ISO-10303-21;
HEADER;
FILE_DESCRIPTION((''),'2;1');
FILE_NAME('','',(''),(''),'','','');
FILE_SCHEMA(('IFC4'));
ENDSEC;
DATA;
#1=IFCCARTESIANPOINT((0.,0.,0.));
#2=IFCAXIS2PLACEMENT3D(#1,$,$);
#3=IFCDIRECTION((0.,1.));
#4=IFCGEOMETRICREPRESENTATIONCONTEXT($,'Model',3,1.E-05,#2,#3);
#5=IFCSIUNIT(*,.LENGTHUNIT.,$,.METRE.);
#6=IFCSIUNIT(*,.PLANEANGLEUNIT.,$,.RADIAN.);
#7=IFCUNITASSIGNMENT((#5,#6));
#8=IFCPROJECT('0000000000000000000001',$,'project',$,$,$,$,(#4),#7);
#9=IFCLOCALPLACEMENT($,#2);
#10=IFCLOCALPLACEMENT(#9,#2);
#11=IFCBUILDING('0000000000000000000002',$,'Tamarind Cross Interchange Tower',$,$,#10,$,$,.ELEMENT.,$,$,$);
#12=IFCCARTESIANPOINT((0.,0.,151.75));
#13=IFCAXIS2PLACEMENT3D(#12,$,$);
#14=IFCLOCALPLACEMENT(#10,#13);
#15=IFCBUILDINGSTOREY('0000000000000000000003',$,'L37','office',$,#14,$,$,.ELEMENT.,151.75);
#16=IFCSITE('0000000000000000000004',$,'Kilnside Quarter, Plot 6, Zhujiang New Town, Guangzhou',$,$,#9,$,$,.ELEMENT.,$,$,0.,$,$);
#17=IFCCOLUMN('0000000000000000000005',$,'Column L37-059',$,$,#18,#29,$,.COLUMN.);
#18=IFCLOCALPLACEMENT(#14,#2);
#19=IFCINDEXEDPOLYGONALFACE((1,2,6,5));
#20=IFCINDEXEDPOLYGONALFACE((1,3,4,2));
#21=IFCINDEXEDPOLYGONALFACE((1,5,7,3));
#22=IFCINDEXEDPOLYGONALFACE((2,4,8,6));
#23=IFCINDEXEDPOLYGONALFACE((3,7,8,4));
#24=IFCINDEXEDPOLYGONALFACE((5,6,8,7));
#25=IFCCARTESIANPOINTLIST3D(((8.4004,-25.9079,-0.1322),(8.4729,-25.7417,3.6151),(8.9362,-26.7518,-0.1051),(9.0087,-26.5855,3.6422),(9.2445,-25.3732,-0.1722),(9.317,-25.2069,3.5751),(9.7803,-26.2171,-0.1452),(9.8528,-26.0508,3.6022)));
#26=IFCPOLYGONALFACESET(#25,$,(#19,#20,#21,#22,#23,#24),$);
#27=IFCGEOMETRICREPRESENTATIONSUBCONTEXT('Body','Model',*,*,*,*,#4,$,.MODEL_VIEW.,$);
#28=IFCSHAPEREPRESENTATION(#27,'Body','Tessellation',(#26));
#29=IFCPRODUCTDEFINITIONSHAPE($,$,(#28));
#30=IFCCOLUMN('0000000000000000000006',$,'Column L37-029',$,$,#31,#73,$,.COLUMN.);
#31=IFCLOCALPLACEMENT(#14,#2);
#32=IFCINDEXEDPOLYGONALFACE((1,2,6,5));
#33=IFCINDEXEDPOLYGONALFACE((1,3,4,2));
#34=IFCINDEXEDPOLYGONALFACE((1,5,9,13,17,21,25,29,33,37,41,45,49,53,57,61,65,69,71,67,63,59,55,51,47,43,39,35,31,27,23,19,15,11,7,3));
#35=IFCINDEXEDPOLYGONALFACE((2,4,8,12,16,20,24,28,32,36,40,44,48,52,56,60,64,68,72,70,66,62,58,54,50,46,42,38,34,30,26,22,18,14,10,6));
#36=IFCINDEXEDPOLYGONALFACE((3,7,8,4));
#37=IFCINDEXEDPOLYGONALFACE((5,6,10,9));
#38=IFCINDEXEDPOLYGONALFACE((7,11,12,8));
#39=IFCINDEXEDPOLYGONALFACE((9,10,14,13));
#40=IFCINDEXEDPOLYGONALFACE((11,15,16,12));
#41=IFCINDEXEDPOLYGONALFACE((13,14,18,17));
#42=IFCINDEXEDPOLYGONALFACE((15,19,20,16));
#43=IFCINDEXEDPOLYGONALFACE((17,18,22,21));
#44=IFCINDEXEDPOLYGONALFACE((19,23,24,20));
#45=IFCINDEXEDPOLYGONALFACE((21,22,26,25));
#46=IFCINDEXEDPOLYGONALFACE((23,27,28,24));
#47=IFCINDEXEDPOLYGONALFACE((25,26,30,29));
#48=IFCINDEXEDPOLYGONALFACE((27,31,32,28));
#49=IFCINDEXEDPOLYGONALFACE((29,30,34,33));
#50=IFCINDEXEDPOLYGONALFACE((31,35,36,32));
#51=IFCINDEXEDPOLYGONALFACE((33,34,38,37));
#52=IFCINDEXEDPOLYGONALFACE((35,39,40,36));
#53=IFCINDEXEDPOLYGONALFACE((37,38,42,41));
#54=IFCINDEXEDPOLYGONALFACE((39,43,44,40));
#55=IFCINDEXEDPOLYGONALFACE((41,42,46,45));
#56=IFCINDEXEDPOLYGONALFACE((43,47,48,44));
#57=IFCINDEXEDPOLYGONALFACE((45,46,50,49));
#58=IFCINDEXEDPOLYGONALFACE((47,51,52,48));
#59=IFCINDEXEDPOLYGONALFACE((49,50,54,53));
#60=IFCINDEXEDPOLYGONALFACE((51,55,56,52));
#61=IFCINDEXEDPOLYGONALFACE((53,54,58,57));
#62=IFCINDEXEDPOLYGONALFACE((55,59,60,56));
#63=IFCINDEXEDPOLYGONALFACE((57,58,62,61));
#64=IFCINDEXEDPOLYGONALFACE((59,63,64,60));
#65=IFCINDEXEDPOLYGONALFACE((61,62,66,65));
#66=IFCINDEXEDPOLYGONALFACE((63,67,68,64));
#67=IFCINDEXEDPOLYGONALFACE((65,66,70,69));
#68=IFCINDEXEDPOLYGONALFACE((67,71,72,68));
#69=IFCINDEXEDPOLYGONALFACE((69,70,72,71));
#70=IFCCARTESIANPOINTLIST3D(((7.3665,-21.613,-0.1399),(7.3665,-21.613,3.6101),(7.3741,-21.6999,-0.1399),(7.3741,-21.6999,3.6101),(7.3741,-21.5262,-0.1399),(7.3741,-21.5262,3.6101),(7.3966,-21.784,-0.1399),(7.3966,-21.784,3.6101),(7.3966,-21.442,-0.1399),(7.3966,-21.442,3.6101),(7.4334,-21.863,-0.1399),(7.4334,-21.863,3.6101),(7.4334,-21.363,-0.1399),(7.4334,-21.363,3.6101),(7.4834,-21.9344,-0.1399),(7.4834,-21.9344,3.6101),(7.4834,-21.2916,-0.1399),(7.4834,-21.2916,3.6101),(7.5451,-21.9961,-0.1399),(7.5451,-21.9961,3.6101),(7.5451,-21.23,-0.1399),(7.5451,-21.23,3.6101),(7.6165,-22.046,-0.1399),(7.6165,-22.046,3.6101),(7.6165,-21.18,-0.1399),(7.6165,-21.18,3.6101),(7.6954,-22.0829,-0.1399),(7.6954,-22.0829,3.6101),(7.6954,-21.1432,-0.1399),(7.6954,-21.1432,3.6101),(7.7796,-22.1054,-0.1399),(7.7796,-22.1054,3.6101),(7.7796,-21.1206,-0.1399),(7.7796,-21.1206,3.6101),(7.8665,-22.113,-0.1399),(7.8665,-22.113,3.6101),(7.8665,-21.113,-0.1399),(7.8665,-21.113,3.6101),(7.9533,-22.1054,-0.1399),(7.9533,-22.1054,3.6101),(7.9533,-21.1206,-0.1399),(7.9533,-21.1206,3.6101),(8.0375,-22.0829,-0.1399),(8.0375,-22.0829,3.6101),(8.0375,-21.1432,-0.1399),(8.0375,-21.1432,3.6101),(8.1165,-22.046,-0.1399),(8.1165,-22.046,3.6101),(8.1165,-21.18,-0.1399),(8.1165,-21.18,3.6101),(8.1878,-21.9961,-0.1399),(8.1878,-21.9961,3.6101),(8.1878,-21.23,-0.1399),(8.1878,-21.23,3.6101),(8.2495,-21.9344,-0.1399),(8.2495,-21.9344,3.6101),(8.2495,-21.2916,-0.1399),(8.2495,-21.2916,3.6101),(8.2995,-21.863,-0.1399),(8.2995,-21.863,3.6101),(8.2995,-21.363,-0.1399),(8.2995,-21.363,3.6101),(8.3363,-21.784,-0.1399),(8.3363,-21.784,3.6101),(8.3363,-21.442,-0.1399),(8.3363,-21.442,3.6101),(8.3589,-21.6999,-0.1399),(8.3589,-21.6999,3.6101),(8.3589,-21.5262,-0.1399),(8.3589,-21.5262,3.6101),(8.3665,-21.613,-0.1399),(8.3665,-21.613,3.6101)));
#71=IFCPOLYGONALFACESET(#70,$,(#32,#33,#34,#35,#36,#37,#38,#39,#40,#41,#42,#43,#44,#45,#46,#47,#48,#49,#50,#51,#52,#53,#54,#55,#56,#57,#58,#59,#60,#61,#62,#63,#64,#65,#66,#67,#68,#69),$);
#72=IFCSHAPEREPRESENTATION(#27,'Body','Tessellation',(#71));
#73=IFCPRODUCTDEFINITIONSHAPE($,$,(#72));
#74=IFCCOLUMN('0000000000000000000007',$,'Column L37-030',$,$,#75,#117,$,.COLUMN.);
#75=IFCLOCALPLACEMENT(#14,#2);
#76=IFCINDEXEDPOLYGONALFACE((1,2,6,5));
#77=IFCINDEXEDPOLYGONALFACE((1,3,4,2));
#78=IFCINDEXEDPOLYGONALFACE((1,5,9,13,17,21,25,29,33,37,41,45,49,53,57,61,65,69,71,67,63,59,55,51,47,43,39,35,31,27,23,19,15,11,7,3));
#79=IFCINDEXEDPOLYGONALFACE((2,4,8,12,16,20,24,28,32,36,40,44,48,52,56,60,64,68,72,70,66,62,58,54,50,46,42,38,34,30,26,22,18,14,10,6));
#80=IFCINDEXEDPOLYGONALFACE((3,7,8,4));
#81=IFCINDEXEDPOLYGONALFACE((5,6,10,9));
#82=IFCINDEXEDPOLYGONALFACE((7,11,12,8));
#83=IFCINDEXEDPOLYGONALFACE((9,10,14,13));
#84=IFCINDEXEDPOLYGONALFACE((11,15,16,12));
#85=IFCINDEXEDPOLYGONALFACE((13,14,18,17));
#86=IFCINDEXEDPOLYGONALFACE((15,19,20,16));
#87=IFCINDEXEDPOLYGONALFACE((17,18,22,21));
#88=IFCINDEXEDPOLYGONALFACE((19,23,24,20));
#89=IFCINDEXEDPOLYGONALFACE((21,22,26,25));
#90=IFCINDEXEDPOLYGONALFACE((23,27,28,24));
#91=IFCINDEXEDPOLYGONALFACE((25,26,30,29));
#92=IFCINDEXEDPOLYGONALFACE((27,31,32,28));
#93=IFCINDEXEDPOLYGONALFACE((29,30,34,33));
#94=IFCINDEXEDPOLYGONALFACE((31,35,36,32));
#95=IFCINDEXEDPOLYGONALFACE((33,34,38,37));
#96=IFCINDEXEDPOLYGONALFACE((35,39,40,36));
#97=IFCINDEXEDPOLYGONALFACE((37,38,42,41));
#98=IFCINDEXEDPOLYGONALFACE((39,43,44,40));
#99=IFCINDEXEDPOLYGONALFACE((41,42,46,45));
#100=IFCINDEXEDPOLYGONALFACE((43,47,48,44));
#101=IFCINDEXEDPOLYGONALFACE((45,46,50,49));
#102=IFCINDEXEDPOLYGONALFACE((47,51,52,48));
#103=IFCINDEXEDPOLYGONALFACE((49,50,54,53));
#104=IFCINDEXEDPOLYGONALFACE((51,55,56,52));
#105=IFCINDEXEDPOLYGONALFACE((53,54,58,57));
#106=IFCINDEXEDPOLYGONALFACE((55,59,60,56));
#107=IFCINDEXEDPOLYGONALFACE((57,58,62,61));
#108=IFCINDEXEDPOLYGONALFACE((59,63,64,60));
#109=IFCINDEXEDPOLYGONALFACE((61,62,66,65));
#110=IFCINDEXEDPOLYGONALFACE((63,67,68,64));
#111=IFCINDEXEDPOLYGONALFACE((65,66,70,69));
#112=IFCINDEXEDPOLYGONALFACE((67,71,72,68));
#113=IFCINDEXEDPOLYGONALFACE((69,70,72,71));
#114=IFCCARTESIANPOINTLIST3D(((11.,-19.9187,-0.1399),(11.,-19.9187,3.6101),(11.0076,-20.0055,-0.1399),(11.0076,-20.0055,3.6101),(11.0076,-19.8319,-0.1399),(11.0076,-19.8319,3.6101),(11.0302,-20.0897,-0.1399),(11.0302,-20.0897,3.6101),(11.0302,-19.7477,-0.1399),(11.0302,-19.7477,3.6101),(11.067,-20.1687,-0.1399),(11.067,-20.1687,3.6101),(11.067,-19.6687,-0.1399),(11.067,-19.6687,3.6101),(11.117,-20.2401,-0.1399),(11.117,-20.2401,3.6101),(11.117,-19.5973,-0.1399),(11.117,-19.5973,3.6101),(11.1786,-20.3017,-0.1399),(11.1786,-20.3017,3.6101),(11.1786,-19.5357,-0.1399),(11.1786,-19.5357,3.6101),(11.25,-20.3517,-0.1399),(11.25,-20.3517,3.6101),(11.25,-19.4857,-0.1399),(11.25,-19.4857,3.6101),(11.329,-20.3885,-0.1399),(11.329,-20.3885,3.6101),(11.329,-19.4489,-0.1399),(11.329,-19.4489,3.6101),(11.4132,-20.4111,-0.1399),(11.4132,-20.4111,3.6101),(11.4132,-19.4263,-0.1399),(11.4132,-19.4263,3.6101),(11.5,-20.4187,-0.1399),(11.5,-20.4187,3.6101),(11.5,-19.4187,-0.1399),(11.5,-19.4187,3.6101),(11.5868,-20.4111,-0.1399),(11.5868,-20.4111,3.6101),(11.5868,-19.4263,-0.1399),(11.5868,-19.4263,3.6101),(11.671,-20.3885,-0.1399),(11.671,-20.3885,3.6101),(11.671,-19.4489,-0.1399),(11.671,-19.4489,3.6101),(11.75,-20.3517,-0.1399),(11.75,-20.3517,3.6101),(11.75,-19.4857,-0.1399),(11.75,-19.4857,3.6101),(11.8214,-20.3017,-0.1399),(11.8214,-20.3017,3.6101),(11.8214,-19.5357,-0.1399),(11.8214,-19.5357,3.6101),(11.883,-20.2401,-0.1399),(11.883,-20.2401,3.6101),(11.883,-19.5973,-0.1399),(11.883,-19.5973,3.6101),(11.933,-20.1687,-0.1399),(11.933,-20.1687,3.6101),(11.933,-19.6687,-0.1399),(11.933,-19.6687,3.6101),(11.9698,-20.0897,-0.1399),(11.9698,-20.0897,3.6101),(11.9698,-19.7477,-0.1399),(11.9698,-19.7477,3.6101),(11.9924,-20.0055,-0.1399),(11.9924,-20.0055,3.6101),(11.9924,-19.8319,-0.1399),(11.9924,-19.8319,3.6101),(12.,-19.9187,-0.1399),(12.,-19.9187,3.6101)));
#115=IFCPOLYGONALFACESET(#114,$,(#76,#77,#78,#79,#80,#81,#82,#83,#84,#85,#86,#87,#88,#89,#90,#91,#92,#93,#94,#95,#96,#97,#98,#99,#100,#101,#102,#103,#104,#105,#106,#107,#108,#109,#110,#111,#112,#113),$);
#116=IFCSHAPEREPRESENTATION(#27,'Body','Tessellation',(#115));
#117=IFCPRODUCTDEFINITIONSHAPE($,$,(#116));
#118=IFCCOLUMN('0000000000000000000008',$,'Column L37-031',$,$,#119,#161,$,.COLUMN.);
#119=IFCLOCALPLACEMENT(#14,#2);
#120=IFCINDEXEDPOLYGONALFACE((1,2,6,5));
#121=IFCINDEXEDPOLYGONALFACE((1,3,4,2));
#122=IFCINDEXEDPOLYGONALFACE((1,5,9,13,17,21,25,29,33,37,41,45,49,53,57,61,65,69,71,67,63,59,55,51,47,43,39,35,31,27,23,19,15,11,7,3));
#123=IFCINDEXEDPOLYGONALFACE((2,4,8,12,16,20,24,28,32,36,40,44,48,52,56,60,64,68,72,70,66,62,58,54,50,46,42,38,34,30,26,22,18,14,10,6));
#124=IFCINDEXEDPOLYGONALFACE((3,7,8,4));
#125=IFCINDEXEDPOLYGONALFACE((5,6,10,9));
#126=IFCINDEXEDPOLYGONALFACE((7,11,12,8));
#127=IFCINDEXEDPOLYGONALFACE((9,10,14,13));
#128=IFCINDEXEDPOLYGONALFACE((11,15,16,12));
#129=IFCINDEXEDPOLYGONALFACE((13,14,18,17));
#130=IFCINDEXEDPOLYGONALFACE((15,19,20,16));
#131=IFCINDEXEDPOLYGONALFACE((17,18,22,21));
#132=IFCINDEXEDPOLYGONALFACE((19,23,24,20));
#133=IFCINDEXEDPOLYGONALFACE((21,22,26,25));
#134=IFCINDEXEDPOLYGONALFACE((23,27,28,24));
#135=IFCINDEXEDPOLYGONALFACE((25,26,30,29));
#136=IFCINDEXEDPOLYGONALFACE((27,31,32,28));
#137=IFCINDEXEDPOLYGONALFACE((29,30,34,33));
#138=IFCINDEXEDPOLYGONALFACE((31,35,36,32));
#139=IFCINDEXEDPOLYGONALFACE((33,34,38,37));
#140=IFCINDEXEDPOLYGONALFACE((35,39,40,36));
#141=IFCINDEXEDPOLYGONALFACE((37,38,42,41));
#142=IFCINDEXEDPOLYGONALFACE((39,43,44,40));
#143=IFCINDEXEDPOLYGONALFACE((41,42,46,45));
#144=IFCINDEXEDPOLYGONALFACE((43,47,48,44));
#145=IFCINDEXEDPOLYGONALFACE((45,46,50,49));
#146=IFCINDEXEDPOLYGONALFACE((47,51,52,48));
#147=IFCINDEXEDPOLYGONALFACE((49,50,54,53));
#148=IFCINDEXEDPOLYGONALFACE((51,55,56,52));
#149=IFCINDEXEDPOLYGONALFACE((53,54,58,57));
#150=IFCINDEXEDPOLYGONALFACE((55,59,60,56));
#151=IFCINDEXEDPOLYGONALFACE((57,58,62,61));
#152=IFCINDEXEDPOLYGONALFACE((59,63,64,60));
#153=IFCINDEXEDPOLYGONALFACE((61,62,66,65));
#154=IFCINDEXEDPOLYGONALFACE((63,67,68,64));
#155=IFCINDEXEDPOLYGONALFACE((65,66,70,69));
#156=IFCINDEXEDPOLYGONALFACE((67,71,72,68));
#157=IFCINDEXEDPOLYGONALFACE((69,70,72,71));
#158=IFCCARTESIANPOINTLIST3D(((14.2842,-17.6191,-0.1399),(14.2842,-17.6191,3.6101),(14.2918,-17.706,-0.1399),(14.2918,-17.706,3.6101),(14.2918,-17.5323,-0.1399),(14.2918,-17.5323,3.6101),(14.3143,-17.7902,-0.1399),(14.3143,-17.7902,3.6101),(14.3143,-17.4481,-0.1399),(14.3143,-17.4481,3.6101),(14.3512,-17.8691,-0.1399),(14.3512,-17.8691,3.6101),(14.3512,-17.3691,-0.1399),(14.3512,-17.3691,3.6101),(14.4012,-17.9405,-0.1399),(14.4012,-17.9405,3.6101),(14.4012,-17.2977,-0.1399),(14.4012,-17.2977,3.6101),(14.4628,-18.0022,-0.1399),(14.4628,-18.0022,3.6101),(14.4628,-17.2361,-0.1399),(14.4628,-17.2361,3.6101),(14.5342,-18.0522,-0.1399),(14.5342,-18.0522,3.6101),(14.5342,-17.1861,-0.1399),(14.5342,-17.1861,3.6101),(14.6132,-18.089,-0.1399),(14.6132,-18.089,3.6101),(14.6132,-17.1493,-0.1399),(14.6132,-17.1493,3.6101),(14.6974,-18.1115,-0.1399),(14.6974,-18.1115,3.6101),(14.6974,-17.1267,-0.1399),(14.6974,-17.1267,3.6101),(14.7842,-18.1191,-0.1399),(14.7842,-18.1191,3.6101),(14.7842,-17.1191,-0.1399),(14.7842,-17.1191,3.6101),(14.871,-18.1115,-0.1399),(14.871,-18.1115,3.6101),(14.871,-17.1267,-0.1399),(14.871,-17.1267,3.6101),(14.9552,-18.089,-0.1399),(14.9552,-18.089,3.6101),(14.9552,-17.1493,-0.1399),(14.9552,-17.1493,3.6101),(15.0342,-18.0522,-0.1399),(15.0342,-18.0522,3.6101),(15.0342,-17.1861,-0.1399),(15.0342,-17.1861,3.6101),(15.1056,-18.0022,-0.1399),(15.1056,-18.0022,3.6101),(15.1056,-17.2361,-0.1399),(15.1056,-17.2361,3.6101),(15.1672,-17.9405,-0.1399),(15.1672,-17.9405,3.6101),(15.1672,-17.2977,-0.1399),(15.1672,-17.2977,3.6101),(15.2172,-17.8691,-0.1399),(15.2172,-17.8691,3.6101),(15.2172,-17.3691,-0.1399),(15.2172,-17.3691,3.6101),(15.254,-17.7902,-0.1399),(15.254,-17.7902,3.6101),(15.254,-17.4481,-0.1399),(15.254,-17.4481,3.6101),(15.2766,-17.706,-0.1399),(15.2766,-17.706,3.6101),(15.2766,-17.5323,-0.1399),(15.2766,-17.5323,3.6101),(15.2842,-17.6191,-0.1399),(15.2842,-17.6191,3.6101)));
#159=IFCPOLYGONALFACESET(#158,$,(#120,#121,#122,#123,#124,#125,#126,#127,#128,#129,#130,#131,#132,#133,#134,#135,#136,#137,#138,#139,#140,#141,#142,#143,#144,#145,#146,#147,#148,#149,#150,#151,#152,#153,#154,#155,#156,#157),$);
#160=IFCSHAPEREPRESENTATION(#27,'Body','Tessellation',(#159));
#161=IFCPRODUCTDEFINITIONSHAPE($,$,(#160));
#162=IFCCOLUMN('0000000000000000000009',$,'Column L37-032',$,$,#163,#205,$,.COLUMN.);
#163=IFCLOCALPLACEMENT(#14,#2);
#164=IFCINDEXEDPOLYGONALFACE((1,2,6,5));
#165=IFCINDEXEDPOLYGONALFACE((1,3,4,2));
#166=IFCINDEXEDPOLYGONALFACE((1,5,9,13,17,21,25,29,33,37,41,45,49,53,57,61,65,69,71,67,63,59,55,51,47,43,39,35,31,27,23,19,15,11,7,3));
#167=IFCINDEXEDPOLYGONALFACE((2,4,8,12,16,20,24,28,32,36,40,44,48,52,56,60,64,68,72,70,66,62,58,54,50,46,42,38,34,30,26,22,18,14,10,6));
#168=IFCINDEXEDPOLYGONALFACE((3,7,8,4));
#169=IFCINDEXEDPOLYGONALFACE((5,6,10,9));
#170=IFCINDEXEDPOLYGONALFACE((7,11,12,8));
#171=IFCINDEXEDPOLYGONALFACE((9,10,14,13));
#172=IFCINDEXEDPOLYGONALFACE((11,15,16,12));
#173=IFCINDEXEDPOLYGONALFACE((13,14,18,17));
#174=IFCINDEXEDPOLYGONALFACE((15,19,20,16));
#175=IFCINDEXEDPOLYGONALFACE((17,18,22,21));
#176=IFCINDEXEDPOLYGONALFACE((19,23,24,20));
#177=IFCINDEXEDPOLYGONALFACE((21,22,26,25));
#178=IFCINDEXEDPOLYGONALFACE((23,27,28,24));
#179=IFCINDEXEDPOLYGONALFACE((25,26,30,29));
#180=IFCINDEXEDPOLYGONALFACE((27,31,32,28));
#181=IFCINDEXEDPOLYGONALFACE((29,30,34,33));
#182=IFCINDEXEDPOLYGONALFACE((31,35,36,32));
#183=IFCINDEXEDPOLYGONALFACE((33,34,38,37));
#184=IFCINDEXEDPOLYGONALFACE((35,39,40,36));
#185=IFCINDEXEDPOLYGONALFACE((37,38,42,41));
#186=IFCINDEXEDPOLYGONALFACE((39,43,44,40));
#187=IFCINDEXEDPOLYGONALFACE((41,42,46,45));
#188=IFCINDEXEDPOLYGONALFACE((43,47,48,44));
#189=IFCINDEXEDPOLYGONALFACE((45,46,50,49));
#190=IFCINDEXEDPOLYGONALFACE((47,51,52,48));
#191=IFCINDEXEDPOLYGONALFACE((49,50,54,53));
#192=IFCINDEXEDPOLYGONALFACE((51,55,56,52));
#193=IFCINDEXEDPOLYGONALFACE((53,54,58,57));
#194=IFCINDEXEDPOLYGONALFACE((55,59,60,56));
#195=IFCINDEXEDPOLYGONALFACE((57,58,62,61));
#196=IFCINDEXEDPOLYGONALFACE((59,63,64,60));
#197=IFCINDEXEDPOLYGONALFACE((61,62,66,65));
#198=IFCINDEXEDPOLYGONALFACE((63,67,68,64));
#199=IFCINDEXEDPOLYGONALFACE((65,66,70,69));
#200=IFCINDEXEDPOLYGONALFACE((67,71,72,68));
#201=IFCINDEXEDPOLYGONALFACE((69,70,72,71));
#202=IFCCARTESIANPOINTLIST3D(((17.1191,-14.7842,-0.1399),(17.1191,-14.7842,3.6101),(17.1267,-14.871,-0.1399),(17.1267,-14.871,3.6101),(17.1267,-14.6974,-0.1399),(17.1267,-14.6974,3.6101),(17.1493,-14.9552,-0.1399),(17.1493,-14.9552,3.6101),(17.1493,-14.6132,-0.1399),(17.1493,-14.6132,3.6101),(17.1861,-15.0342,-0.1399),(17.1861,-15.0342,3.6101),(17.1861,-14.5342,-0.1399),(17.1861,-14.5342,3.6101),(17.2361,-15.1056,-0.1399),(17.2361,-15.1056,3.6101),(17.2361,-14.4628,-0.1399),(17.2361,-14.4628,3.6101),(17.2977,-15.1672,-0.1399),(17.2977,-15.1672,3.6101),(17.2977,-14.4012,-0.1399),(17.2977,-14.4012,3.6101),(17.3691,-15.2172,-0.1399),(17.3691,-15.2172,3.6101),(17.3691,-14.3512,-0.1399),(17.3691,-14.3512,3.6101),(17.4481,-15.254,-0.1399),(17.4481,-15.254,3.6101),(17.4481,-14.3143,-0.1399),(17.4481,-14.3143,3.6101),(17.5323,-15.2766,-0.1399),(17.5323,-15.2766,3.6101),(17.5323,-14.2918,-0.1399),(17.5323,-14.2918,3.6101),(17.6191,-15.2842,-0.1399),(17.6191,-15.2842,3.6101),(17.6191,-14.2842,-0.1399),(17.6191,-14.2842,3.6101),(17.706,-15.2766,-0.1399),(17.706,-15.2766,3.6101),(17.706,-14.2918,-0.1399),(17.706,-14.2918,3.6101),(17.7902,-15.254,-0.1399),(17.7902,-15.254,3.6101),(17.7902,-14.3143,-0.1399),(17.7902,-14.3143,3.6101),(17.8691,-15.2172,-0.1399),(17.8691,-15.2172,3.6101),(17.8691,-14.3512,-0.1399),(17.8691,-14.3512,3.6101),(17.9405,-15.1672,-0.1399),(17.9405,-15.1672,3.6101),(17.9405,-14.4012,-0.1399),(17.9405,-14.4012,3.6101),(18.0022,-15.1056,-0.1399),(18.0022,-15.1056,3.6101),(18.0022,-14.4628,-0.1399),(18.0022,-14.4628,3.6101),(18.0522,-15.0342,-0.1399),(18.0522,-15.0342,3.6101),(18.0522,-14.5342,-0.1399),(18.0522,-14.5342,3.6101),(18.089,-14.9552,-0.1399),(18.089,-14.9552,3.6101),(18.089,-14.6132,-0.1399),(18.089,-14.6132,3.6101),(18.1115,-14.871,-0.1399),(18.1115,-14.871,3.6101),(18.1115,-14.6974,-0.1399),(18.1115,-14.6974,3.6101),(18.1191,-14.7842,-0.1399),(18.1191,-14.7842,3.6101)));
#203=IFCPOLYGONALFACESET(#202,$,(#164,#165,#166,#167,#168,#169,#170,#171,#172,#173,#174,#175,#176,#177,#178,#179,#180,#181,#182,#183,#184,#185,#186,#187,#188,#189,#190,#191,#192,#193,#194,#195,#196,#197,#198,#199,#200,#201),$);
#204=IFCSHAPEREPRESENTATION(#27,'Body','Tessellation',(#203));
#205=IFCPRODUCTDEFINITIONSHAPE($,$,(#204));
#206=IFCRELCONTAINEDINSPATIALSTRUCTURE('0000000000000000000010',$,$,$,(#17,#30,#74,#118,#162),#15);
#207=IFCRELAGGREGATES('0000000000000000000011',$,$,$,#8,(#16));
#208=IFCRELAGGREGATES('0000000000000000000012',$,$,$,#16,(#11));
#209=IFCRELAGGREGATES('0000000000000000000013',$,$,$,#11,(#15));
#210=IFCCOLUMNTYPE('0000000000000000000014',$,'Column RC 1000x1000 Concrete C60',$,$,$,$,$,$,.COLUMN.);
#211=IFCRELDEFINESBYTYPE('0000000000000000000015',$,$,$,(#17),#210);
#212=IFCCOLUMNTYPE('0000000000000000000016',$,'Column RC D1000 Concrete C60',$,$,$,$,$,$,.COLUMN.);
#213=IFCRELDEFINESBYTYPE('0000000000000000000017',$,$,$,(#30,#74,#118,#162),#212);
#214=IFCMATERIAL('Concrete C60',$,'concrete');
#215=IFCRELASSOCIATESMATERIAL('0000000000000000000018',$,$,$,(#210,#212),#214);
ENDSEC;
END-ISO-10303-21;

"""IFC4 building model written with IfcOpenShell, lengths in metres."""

from ifc_helpers import new_model, si_unit, direction, frame, origin, origin_2d, place, context, subcontext, project, spatial, rectangle, circle, extrude, material, material_profile, profile_set, type_object, element, save


model = new_model("IFC4")

# Units and contexts
model_context = context("Model", 3, precision=1e-05, world=origin(), true_north=direction((0.0, 1.0)))
body_context = subcontext(model_context, "Body", "Model", "MODEL_VIEW")
ifc_project = project(units=[si_unit("LENGTHUNIT", "METRE"), si_unit("PLANEANGLEUNIT", "RADIAN")], contexts=[model_context])

# Site, building, storey
site_placement = place(None, origin())
site = spatial("IfcSite", under=ifc_project, at=site_placement, Name="Kilnside Quarter, Plot 6, Zhujiang New Town, Guangzhou", CompositionType="ELEMENT", RefElevation=0.0)
building_placement = place(site_placement, origin())
building = spatial("IfcBuilding", under=site, at=building_placement, Name="Tamarind Cross Interchange Tower", CompositionType="ELEMENT")
storey_placement = place(building_placement, frame((0.0, 0.0, 151.75)))
storey = spatial("IfcBuildingStorey", under=building, at=storey_placement, Name="L37", Description="office", CompositionType="ELEMENT", Elevation=151.75)

# Columns
ifc_material_1 = material(Name="Concrete C60", Category="concrete")
ifc_material_profile_1 = material_profile(ifc_material_1, rectangle(XDim=1.0, YDim=1.0, at=origin_2d()), Name="RC 1000x1000")
ifc_profile_set_1 = profile_set([ifc_material_profile_1], Name="Concrete C60")
column_type_1 = type_object("IfcColumnType", Name="Column RC 1000x1000 Concrete C60", PredefinedType="COLUMN", material=ifc_profile_set_1)
column_placement = place(storey_placement, frame((9.0903, -26.0625, -0.1387), z_axis=(0.019327, 0.044316, 0.998831), x_axis=(-0.84409, -0.534703, 0.040057)))
element("IfcColumn", 1, at=column_placement, inside=storey, type_object=column_type_1, Name="Column L37-059", PredefinedType="COLUMN", context=body_context, shape_type="SweptSolid", body=[
    extrude(rectangle(XDim=1.0, YDim=1.0, at=origin_2d()), origin(), (0.0, 0.0, 1.0), 3.7517),
])
ifc_material_profile_2 = material_profile(ifc_material_1, circle(Radius=0.5, at=origin_2d()), Name="RC D1000")
ifc_profile_set_2 = profile_set([ifc_material_profile_2], Name="Concrete C60")
column_type_2 = type_object("IfcColumnType", Name="Column RC D1000 Concrete C60", PredefinedType="COLUMN", material=ifc_profile_set_2)
for number, where, z_axis, x_axis, name in (
    (2, (7.8665, -21.613, -0.1399), (0.0, 0.0, 1.0), (1.0, 0.0, 0.0), "Column L37-029"),
    (3, (11.5, -19.9187, -0.1399), (0.0, 0.0, 1.0), (1.0, 0.0, 0.0), "Column L37-030"),
    (4, (14.7842, -17.6191, -0.1399), (0.0, 0.0, 1.0), (1.0, 0.0, 0.0), "Column L37-031"),
    (5, (17.6191, -14.7842, -0.1399), (0.0, 0.0, 1.0), (1.0, 0.0, 0.0), "Column L37-032"),
):
    element("IfcColumn", number, at=place(storey_placement, frame(where, z_axis=z_axis, x_axis=x_axis)), inside=storey, type_object=column_type_2, Name=name, PredefinedType="COLUMN", context=body_context, shape_type="SweptSolid", body=[
        extrude(circle(Radius=0.5, at=origin_2d()), origin(), (0.0, 0.0, 1.0), 3.75),
    ])

save(model, "model.ifc")
